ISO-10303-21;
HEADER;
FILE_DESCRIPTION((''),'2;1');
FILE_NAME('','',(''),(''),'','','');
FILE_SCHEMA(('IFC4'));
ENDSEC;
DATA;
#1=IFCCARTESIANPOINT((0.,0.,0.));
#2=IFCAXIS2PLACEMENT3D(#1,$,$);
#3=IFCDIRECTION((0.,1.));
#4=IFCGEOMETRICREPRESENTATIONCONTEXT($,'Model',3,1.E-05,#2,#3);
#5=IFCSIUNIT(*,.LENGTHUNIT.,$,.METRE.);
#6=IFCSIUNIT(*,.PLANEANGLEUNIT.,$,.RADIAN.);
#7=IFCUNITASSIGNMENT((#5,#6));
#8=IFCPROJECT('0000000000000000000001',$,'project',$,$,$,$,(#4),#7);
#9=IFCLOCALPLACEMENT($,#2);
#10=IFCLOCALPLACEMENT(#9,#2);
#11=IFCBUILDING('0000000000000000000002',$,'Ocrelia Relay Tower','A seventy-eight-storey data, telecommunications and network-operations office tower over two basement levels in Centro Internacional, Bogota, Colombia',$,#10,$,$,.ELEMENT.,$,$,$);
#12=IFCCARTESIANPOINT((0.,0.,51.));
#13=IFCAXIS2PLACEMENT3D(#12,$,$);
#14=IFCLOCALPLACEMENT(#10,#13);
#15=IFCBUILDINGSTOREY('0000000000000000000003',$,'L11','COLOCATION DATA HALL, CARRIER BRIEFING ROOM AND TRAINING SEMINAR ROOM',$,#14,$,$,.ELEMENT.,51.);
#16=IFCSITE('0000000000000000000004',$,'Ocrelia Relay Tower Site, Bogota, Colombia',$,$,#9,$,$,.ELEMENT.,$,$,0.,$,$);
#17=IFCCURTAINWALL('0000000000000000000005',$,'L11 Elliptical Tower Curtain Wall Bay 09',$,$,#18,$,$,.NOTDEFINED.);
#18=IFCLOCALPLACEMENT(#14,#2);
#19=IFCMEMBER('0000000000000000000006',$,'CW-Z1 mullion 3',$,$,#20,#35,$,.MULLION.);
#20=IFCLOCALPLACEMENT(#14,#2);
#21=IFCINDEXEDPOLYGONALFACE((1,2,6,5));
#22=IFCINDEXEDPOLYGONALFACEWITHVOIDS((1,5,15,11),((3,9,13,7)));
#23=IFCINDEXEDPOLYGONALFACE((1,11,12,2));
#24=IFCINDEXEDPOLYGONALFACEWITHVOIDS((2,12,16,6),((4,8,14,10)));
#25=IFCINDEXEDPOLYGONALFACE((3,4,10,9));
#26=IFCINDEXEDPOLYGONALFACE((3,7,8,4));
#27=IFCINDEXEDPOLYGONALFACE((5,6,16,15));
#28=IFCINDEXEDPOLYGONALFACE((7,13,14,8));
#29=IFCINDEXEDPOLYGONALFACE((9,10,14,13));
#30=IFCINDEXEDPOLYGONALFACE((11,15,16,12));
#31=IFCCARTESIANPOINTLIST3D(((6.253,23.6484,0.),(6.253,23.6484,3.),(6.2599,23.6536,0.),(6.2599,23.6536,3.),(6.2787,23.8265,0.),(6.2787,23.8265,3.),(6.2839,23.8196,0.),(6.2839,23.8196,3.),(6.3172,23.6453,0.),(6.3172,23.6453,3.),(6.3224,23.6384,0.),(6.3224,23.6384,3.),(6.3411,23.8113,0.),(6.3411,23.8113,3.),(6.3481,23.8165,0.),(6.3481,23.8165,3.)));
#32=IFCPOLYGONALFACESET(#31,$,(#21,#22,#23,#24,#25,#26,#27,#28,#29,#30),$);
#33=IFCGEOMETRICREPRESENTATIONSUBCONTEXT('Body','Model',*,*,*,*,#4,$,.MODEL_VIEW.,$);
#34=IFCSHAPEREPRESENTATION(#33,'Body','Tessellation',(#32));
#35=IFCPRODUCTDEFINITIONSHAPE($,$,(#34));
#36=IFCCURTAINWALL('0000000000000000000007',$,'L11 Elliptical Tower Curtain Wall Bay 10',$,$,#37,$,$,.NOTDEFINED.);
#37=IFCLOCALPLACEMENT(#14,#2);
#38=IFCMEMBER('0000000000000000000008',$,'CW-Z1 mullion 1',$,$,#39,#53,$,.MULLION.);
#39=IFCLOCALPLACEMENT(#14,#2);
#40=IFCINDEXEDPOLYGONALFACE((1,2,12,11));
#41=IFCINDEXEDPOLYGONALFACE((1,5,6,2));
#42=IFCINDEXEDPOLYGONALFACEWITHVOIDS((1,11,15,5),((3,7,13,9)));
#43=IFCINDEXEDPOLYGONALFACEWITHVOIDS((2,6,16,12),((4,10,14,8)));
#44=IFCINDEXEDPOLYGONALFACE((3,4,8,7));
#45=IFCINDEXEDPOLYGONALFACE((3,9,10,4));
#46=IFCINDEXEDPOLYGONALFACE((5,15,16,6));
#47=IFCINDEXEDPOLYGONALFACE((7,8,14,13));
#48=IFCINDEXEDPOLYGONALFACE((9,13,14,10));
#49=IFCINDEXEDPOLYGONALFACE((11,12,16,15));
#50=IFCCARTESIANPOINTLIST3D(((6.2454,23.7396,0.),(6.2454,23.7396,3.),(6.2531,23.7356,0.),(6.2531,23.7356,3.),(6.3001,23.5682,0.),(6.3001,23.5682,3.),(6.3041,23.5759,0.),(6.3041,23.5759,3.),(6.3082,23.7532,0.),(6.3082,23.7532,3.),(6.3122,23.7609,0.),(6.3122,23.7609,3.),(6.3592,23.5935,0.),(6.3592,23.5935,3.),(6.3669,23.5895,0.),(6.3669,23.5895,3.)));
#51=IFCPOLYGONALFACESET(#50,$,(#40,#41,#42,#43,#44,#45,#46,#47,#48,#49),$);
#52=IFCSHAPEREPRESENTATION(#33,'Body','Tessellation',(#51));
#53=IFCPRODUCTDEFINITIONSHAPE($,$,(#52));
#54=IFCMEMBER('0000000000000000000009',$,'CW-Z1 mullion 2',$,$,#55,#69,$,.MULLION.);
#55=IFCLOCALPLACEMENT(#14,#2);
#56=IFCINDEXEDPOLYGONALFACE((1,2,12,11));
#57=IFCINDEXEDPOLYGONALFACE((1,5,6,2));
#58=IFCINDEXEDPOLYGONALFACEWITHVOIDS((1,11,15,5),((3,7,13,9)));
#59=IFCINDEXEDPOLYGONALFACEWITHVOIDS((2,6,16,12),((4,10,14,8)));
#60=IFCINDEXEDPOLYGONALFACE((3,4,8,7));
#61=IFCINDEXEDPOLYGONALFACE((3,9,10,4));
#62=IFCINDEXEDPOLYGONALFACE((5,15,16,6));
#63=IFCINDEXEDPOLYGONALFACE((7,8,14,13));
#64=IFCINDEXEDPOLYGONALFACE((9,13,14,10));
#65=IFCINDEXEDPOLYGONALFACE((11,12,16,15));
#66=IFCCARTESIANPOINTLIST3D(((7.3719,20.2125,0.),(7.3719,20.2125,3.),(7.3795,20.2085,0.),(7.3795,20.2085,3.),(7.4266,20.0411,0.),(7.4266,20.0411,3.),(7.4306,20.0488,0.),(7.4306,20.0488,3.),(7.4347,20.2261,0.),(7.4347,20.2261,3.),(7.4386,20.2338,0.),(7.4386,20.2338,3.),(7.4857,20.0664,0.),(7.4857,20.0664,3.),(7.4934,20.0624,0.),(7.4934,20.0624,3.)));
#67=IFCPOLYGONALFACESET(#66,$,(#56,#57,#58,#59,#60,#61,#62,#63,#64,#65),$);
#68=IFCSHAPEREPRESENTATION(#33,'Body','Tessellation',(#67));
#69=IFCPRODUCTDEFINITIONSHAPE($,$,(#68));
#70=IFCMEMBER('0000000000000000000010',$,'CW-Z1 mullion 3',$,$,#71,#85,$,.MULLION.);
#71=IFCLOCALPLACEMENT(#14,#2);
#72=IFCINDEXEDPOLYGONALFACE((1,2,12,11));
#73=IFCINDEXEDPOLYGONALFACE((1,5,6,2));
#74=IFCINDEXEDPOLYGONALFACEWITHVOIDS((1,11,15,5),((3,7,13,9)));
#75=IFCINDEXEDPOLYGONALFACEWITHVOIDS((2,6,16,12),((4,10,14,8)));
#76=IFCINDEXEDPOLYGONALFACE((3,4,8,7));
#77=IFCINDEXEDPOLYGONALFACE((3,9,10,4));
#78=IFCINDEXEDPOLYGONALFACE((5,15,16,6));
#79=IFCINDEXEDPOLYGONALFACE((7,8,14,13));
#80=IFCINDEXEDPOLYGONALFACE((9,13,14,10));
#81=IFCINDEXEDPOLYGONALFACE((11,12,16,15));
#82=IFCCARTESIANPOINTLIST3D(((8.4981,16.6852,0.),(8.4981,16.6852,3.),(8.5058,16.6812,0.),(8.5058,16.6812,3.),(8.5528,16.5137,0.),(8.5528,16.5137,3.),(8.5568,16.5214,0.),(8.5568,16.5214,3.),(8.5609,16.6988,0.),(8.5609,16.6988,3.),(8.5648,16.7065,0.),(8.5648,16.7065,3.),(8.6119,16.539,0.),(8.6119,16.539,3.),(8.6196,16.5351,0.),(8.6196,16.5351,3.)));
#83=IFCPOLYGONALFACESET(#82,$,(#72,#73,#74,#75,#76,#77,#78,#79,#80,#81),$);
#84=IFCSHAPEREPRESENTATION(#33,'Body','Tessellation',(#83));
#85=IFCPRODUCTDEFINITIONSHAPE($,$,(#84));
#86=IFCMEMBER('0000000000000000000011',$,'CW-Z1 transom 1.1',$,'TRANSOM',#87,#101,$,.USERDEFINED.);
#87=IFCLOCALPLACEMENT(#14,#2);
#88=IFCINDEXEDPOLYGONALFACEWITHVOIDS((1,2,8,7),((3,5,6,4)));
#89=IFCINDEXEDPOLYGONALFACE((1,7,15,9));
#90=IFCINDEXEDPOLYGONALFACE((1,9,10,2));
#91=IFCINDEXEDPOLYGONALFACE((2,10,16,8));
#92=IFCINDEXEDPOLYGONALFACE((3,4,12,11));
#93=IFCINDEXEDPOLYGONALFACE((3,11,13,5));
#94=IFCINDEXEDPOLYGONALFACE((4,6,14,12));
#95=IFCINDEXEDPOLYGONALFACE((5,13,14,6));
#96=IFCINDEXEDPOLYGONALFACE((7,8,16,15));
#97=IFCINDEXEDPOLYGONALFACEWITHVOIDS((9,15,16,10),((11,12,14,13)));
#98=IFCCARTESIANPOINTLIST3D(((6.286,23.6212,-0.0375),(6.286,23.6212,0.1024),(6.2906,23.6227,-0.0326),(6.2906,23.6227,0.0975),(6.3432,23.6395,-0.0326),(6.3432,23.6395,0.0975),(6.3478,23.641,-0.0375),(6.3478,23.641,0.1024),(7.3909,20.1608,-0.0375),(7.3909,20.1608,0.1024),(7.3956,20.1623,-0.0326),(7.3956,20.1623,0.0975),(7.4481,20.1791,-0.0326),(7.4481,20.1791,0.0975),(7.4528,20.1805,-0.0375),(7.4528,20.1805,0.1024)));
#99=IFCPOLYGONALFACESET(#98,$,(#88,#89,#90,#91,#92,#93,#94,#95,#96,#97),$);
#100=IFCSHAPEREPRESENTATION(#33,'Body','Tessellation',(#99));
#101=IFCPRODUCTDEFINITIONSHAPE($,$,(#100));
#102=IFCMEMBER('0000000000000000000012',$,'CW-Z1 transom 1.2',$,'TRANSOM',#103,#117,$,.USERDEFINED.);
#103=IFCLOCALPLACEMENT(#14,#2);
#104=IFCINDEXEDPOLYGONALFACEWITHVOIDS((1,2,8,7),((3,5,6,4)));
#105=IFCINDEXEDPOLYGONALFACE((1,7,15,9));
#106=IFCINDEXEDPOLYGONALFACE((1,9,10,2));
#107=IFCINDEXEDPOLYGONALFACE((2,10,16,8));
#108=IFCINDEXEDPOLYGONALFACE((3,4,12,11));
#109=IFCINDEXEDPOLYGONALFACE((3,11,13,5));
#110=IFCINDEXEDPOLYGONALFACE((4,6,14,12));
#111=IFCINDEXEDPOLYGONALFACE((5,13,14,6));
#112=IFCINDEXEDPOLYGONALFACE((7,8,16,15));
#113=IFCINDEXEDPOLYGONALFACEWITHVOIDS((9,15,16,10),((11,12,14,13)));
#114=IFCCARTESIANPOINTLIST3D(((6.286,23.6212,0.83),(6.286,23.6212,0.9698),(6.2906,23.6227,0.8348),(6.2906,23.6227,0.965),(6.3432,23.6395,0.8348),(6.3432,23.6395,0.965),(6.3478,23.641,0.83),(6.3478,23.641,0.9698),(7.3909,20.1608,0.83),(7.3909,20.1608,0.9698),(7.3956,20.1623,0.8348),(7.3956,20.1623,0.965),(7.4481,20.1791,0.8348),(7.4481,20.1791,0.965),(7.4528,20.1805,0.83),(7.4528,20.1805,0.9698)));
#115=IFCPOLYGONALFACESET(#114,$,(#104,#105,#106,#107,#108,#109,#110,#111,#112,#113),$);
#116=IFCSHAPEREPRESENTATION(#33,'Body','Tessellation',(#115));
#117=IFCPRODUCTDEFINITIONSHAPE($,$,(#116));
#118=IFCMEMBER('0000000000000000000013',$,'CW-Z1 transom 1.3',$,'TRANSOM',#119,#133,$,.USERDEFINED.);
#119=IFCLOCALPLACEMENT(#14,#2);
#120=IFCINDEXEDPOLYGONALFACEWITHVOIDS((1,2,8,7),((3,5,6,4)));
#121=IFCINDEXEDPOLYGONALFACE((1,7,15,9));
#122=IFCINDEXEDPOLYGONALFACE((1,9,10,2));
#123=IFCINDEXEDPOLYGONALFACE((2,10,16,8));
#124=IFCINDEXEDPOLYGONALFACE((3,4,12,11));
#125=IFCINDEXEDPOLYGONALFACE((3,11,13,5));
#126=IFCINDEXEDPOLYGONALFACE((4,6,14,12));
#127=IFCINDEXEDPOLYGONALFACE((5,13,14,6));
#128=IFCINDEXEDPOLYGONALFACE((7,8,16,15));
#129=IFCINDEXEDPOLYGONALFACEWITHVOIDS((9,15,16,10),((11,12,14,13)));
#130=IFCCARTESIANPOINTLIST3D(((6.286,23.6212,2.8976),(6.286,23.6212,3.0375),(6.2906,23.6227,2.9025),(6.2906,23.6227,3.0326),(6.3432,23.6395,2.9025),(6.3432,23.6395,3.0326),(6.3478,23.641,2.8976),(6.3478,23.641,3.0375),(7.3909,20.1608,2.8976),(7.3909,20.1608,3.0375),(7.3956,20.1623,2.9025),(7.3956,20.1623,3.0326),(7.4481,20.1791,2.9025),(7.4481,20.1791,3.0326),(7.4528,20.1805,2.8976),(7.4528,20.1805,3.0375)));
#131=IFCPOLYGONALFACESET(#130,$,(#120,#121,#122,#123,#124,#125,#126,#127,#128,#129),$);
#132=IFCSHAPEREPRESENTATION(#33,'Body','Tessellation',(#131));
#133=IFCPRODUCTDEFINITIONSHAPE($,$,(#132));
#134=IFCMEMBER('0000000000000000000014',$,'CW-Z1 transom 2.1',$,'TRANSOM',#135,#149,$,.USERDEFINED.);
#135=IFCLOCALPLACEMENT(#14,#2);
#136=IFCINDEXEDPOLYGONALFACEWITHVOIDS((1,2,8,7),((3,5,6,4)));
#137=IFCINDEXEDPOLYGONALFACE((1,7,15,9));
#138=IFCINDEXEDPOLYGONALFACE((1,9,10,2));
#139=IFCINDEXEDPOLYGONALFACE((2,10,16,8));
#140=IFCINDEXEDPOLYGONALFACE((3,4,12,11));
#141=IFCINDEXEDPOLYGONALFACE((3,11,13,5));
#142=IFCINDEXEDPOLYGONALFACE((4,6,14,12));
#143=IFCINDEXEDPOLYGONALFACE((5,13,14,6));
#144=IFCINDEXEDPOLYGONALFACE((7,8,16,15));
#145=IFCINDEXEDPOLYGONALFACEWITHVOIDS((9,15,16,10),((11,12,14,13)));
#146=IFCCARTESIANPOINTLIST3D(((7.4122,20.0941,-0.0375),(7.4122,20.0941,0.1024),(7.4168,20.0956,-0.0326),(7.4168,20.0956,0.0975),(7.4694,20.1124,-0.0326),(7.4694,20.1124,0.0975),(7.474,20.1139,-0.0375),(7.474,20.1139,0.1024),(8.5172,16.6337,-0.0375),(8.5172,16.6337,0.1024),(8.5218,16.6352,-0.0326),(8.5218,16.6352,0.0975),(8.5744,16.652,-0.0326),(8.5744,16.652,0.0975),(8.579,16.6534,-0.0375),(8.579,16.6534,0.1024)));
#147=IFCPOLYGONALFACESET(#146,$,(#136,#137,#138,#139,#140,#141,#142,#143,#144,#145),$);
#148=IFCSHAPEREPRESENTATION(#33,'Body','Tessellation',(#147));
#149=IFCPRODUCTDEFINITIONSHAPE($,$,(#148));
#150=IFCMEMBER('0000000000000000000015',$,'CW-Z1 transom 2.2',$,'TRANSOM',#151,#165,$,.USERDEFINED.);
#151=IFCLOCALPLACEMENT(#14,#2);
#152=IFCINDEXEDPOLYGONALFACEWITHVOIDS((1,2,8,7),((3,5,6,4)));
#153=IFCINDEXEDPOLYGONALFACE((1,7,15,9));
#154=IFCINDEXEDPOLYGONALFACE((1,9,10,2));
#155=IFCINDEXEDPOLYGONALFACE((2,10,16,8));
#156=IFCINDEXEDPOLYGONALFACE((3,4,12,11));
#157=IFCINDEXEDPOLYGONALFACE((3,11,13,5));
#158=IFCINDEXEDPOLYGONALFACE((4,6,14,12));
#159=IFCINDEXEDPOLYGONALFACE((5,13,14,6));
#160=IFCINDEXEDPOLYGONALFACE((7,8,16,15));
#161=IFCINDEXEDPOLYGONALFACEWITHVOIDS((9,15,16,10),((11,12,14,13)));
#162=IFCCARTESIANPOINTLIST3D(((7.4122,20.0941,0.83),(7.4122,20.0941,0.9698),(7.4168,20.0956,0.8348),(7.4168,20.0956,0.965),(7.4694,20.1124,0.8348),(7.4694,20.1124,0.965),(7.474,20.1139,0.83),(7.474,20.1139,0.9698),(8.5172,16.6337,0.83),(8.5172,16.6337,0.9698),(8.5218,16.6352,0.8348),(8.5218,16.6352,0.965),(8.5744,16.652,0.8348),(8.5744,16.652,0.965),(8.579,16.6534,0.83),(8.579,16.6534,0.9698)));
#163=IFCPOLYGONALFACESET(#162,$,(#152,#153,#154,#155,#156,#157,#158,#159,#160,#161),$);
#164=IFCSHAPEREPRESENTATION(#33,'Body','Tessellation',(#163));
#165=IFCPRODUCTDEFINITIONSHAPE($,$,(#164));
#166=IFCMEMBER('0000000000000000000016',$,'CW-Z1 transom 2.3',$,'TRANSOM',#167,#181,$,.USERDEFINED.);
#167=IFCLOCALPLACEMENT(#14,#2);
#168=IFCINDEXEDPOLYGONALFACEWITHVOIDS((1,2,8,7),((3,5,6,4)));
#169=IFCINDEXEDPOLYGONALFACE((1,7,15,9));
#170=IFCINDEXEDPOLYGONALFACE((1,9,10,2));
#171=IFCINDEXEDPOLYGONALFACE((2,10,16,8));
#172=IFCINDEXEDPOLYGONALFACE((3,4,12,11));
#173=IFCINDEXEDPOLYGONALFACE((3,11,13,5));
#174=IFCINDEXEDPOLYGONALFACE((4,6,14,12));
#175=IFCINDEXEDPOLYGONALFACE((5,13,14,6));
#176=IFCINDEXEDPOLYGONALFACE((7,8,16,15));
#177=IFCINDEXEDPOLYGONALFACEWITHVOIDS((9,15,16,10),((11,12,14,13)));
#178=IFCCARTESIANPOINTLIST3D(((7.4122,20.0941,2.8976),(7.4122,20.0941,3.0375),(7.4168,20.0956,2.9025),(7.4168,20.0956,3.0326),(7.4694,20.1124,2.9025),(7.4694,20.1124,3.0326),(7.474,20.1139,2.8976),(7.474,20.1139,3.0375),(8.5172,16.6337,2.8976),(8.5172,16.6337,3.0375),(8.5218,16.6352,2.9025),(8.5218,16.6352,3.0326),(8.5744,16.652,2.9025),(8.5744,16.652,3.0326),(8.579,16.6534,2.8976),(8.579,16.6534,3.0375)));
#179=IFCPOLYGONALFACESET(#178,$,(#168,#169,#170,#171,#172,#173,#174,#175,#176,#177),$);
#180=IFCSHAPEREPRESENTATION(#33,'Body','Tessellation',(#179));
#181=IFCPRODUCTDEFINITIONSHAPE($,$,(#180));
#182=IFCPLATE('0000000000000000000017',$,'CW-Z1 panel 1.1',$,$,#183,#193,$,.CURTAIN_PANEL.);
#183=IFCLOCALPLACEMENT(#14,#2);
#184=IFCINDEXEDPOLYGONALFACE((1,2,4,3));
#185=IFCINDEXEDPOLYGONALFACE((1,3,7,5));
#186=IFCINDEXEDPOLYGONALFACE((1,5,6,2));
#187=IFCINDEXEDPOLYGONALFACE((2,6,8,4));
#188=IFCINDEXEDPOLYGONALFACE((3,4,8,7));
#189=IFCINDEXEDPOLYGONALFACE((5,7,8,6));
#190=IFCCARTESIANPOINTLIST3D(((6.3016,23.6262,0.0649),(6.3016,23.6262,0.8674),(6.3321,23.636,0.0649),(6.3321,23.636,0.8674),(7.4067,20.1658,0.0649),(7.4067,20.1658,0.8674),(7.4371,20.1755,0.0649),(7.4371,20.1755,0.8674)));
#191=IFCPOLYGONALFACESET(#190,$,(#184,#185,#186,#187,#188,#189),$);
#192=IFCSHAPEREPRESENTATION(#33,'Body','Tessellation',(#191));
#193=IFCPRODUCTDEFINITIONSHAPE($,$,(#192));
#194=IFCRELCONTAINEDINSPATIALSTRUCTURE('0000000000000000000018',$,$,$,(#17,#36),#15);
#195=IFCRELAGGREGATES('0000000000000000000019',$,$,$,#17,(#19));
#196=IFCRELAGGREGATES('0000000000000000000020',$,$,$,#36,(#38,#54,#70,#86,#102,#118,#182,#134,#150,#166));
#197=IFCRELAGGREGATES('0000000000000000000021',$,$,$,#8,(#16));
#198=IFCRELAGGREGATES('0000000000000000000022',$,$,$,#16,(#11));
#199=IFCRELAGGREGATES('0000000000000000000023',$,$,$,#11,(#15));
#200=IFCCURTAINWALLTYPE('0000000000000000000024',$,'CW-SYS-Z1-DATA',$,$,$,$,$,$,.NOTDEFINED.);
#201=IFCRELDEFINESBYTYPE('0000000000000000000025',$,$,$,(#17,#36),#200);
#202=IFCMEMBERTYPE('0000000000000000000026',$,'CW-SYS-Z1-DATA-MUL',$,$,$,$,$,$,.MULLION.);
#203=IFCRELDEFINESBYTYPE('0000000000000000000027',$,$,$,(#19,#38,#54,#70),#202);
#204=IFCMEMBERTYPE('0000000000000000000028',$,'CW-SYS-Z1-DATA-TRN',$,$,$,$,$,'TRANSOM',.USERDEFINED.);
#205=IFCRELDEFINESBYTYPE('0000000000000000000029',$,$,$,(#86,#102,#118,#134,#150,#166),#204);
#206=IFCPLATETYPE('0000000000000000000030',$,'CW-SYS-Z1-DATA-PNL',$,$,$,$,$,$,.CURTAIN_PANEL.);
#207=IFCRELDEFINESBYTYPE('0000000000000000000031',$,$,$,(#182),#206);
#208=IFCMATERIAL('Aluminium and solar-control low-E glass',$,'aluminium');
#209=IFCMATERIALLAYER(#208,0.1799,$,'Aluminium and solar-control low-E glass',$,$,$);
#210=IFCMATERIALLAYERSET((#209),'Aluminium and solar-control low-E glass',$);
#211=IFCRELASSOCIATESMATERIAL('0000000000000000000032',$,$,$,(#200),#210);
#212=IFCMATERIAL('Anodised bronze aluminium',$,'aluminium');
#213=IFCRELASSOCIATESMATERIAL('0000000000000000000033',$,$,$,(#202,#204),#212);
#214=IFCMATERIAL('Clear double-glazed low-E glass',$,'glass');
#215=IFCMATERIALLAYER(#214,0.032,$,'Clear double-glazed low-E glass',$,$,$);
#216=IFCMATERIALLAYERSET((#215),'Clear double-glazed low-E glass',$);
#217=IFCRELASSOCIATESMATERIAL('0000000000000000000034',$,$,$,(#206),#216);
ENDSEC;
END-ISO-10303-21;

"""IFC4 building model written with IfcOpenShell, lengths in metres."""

from ifc_helpers import new_model, si_unit, direction, frame, origin, origin_2d, place, context, subcontext, project, spatial, rectangle, hollow_rectangle, extrude, material, layer, layer_set, material_profile, profile_set, type_object, element, aggregate, save


model = new_model("IFC4")

# Units and contexts
model_context = context("Model", 3, precision=1e-05, world=origin(), true_north=direction((0.0, 1.0)))
body_context = subcontext(model_context, "Body", "Model", "MODEL_VIEW")
ifc_project = project(units=[si_unit("LENGTHUNIT", "METRE"), si_unit("PLANEANGLEUNIT", "RADIAN")], contexts=[model_context])

# Site, building, storey
site_placement = place(None, origin())
site = spatial("IfcSite", under=ifc_project, at=site_placement, Name="Ocrelia Relay Tower Site, Bogota, Colombia", CompositionType="ELEMENT", RefElevation=0.0)
building_placement = place(site_placement, origin())
building = spatial("IfcBuilding", under=site, at=building_placement, Name="Ocrelia Relay Tower", Description="A seventy-eight-storey data, telecommunications and network-operations office tower over two basement levels in Centro Internacional, Bogota, Colombia", CompositionType="ELEMENT")
storey_placement = place(building_placement, frame((0.0, 0.0, 51.0)))
storey = spatial("IfcBuildingStorey", under=building, at=storey_placement, Name="L11", Description="COLOCATION DATA HALL, CARRIER BRIEFING ROOM AND TRAINING SEMINAR ROOM", CompositionType="ELEMENT", Elevation=51.0)

# Curtain wall, member
ifc_material_1 = material(Name="Aluminium and solar-control low-E glass", Category="aluminium")
ifc_layer_1 = layer(ifc_material_1, 0.1799, Name="Aluminium and solar-control low-E glass")
ifc_layer_set_1 = layer_set([ifc_layer_1], Name="Aluminium and solar-control low-E glass")
curtain_wall_type = type_object("IfcCurtainWallType", Name="CW-SYS-Z1-DATA", PredefinedType="NOTDEFINED", material=ifc_layer_set_1)
curtain_wall_1_placement = place(storey_placement, origin())
curtain_wall_1 = element("IfcCurtainWall", 1, at=curtain_wall_1_placement, inside=storey, type_object=curtain_wall_type, Name="L11 Elliptical Tower Curtain Wall Bay 09", PredefinedType="NOTDEFINED")
ifc_material_2 = material(Name="Anodised bronze aluminium", Category="aluminium")
ifc_material_profile_1 = material_profile(ifc_material_2, hollow_rectangle(XDim=0.0701, YDim=0.1799, WallThickness=0.0061, at=origin_2d()), Name="CW-MUL-180x70")
ifc_profile_set_1 = profile_set([ifc_material_profile_1], Name="Anodised bronze aluminium")
member_type_1 = type_object("IfcMemberType", Name="CW-SYS-Z1-DATA-MUL", PredefinedType="MULLION", material=ifc_profile_set_1)
member_1_placement = place(storey_placement, frame((6.3005, 23.7324, 0.0), z_axis=(0.0, 0.0, 1.0), x_axis=(0.989752, -0.1428, 0.0)))
member_1 = element("IfcMember", 2, at=member_1_placement, type_object=member_type_1, Name="CW-Z1 mullion 3", PredefinedType="MULLION", context=body_context, shape_type="SweptSolid", body=[
    extrude(hollow_rectangle(XDim=0.0701, YDim=0.1799, WallThickness=0.0061, at=origin_2d()), origin(), (0.0, 0.0, 1.0), 3.0),
])
aggregate(curtain_wall_1, [member_1])

# Curtain wall, members, plate
curtain_wall_2_placement = place(storey_placement, origin())
curtain_wall_2 = element("IfcCurtainWall", 3, at=curtain_wall_2_placement, inside=storey, type_object=curtain_wall_type, Name="L11 Elliptical Tower Curtain Wall Bay 10", PredefinedType="NOTDEFINED")
member_2_placement = place(storey_placement, frame((6.3062, 23.6646, 0.0), z_axis=(0.0, 0.0, 1.0), x_axis=(0.952608, 0.304199, 0.0)))
member_2 = element("IfcMember", 4, at=member_2_placement, type_object=member_type_1, Name="CW-Z1 mullion 1", PredefinedType="MULLION", context=body_context, shape_type="SweptSolid", body=[
    extrude(hollow_rectangle(XDim=0.0701, YDim=0.1799, WallThickness=0.0061, at=origin_2d()), origin(), (0.0, 0.0, 1.0), 3.0),
])
member_3_placement = place(storey_placement, frame((7.4326, 20.1375, 0.0), z_axis=(0.0, 0.0, 1.0), x_axis=(0.952608, 0.304199, 0.0)))
member_3 = element("IfcMember", 5, at=member_3_placement, type_object=member_type_1, Name="CW-Z1 mullion 2", PredefinedType="MULLION", context=body_context, shape_type="SweptSolid", body=[
    extrude(hollow_rectangle(XDim=0.0701, YDim=0.1799, WallThickness=0.0061, at=origin_2d()), origin(), (0.0, 0.0, 1.0), 3.0),
])
member_4_placement = place(storey_placement, frame((8.5588, 16.6101, 0.0), z_axis=(0.0, 0.0, 1.0), x_axis=(0.952608, 0.304199, 0.0)))
member_4 = element("IfcMember", 6, at=member_4_placement, type_object=member_type_1, Name="CW-Z1 mullion 3", PredefinedType="MULLION", context=body_context, shape_type="SweptSolid", body=[
    extrude(hollow_rectangle(XDim=0.0701, YDim=0.1799, WallThickness=0.0061, at=origin_2d()), origin(), (0.0, 0.0, 1.0), 3.0),
])
ifc_material_profile_2 = material_profile(ifc_material_2, hollow_rectangle(XDim=0.0649, YDim=0.1399, WallThickness=0.0049, at=origin_2d()), Name="CW-TRN-140x65")
ifc_profile_set_2 = profile_set([ifc_material_profile_2], Name="Anodised bronze aluminium")
member_type_2 = type_object("IfcMemberType", Name="CW-SYS-Z1-DATA-TRN", ElementType="TRANSOM", PredefinedType="USERDEFINED", material=ifc_profile_set_2)
member_5_placement = place(storey_placement, frame((6.3169, 23.6311, 0.0325), z_axis=(0.304186, -0.952613, 0.0), x_axis=(0.952613, 0.304186, 0.0)))
member_5 = element("IfcMember", 7, at=member_5_placement, type_object=member_type_2, Name="CW-Z1 transom 1.1", ObjectType="TRANSOM", PredefinedType="USERDEFINED", context=body_context, shape_type="SweptSolid", body=[
    extrude(hollow_rectangle(XDim=0.0649, YDim=0.1399, WallThickness=0.0049, at=origin_2d()), origin(), (0.0, 0.0, 1.0), 3.6326),
])
member_6_placement = place(storey_placement, frame((6.3169, 23.6311, 0.8999), z_axis=(0.304186, -0.952613, 0.0), x_axis=(0.952613, 0.304186, 0.0)))
member_6 = element("IfcMember", 8, at=member_6_placement, type_object=member_type_2, Name="CW-Z1 transom 1.2", ObjectType="TRANSOM", PredefinedType="USERDEFINED", context=body_context, shape_type="SweptSolid", body=[
    extrude(hollow_rectangle(XDim=0.0649, YDim=0.1399, WallThickness=0.0049, at=origin_2d()), origin(), (0.0, 0.0, 1.0), 3.6326),
])
member_7_placement = place(storey_placement, frame((6.3169, 23.6311, 2.9675), z_axis=(0.304186, -0.952613, 0.0), x_axis=(0.952613, 0.304186, 0.0)))
member_7 = element("IfcMember", 9, at=member_7_placement, type_object=member_type_2, Name="CW-Z1 transom 1.3", ObjectType="TRANSOM", PredefinedType="USERDEFINED", context=body_context, shape_type="SweptSolid", body=[
    extrude(hollow_rectangle(XDim=0.0649, YDim=0.1399, WallThickness=0.0049, at=origin_2d()), origin(), (0.0, 0.0, 1.0), 3.6326),
])
member_8_placement = place(storey_placement, frame((7.4431, 20.104, 0.0325), z_axis=(0.304186, -0.952613, 0.0), x_axis=(0.952613, 0.304186, 0.0)))
member_8 = element("IfcMember", 10, at=member_8_placement, type_object=member_type_2, Name="CW-Z1 transom 2.1", ObjectType="TRANSOM", PredefinedType="USERDEFINED", context=body_context, shape_type="SweptSolid", body=[
    extrude(hollow_rectangle(XDim=0.0649, YDim=0.1399, WallThickness=0.0049, at=origin_2d()), origin(), (0.0, 0.0, 1.0), 3.6326),
])
member_9_placement = place(storey_placement, frame((7.4431, 20.104, 0.8999), z_axis=(0.304186, -0.952613, 0.0), x_axis=(0.952613, 0.304186, 0.0)))
member_9 = element("IfcMember", 11, at=member_9_placement, type_object=member_type_2, Name="CW-Z1 transom 2.2", ObjectType="TRANSOM", PredefinedType="USERDEFINED", context=body_context, shape_type="SweptSolid", body=[
    extrude(hollow_rectangle(XDim=0.0649, YDim=0.1399, WallThickness=0.0049, at=origin_2d()), origin(), (0.0, 0.0, 1.0), 3.6326),
])
member_10_placement = place(storey_placement, frame((7.4431, 20.104, 2.9675), z_axis=(0.304186, -0.952613, 0.0), x_axis=(0.952613, 0.304186, 0.0)))
member_10 = element("IfcMember", 12, at=member_10_placement, type_object=member_type_2, Name="CW-Z1 transom 2.3", ObjectType="TRANSOM", PredefinedType="USERDEFINED", context=body_context, shape_type="SweptSolid", body=[
    extrude(hollow_rectangle(XDim=0.0649, YDim=0.1399, WallThickness=0.0049, at=origin_2d()), origin(), (0.0, 0.0, 1.0), 3.6326),
])
ifc_material_3 = material(Name="Clear double-glazed low-E glass", Category="glass")
ifc_layer_2 = layer(ifc_material_3, 0.032, Name="Clear double-glazed low-E glass")
ifc_layer_set_2 = layer_set([ifc_layer_2], Name="Clear double-glazed low-E glass")
plate_type = type_object("IfcPlateType", Name="CW-SYS-Z1-DATA-PNL", PredefinedType="CURTAIN_PANEL", material=ifc_layer_set_2)
plate_1_placement = place(storey_placement, frame((6.8694, 21.9009, 0.0649), z_axis=(0.0, 0.0, 1.0), x_axis=(0.304199, -0.952608, 0.0)))
plate_1 = element("IfcPlate", 13, at=plate_1_placement, type_object=plate_type, Name="CW-Z1 panel 1.1", PredefinedType="CURTAIN_PANEL", context=body_context, shape_type="SweptSolid", body=[
    extrude(rectangle(XDim=3.6326, YDim=0.032, at=origin_2d()), origin(), (0.0, 0.0, 1.0), 0.8025),
])
aggregate(curtain_wall_2, [member_2, member_3, member_4, member_5, member_6, member_7, plate_1, member_8, member_9, member_10])

save(model, "model.ifc")
